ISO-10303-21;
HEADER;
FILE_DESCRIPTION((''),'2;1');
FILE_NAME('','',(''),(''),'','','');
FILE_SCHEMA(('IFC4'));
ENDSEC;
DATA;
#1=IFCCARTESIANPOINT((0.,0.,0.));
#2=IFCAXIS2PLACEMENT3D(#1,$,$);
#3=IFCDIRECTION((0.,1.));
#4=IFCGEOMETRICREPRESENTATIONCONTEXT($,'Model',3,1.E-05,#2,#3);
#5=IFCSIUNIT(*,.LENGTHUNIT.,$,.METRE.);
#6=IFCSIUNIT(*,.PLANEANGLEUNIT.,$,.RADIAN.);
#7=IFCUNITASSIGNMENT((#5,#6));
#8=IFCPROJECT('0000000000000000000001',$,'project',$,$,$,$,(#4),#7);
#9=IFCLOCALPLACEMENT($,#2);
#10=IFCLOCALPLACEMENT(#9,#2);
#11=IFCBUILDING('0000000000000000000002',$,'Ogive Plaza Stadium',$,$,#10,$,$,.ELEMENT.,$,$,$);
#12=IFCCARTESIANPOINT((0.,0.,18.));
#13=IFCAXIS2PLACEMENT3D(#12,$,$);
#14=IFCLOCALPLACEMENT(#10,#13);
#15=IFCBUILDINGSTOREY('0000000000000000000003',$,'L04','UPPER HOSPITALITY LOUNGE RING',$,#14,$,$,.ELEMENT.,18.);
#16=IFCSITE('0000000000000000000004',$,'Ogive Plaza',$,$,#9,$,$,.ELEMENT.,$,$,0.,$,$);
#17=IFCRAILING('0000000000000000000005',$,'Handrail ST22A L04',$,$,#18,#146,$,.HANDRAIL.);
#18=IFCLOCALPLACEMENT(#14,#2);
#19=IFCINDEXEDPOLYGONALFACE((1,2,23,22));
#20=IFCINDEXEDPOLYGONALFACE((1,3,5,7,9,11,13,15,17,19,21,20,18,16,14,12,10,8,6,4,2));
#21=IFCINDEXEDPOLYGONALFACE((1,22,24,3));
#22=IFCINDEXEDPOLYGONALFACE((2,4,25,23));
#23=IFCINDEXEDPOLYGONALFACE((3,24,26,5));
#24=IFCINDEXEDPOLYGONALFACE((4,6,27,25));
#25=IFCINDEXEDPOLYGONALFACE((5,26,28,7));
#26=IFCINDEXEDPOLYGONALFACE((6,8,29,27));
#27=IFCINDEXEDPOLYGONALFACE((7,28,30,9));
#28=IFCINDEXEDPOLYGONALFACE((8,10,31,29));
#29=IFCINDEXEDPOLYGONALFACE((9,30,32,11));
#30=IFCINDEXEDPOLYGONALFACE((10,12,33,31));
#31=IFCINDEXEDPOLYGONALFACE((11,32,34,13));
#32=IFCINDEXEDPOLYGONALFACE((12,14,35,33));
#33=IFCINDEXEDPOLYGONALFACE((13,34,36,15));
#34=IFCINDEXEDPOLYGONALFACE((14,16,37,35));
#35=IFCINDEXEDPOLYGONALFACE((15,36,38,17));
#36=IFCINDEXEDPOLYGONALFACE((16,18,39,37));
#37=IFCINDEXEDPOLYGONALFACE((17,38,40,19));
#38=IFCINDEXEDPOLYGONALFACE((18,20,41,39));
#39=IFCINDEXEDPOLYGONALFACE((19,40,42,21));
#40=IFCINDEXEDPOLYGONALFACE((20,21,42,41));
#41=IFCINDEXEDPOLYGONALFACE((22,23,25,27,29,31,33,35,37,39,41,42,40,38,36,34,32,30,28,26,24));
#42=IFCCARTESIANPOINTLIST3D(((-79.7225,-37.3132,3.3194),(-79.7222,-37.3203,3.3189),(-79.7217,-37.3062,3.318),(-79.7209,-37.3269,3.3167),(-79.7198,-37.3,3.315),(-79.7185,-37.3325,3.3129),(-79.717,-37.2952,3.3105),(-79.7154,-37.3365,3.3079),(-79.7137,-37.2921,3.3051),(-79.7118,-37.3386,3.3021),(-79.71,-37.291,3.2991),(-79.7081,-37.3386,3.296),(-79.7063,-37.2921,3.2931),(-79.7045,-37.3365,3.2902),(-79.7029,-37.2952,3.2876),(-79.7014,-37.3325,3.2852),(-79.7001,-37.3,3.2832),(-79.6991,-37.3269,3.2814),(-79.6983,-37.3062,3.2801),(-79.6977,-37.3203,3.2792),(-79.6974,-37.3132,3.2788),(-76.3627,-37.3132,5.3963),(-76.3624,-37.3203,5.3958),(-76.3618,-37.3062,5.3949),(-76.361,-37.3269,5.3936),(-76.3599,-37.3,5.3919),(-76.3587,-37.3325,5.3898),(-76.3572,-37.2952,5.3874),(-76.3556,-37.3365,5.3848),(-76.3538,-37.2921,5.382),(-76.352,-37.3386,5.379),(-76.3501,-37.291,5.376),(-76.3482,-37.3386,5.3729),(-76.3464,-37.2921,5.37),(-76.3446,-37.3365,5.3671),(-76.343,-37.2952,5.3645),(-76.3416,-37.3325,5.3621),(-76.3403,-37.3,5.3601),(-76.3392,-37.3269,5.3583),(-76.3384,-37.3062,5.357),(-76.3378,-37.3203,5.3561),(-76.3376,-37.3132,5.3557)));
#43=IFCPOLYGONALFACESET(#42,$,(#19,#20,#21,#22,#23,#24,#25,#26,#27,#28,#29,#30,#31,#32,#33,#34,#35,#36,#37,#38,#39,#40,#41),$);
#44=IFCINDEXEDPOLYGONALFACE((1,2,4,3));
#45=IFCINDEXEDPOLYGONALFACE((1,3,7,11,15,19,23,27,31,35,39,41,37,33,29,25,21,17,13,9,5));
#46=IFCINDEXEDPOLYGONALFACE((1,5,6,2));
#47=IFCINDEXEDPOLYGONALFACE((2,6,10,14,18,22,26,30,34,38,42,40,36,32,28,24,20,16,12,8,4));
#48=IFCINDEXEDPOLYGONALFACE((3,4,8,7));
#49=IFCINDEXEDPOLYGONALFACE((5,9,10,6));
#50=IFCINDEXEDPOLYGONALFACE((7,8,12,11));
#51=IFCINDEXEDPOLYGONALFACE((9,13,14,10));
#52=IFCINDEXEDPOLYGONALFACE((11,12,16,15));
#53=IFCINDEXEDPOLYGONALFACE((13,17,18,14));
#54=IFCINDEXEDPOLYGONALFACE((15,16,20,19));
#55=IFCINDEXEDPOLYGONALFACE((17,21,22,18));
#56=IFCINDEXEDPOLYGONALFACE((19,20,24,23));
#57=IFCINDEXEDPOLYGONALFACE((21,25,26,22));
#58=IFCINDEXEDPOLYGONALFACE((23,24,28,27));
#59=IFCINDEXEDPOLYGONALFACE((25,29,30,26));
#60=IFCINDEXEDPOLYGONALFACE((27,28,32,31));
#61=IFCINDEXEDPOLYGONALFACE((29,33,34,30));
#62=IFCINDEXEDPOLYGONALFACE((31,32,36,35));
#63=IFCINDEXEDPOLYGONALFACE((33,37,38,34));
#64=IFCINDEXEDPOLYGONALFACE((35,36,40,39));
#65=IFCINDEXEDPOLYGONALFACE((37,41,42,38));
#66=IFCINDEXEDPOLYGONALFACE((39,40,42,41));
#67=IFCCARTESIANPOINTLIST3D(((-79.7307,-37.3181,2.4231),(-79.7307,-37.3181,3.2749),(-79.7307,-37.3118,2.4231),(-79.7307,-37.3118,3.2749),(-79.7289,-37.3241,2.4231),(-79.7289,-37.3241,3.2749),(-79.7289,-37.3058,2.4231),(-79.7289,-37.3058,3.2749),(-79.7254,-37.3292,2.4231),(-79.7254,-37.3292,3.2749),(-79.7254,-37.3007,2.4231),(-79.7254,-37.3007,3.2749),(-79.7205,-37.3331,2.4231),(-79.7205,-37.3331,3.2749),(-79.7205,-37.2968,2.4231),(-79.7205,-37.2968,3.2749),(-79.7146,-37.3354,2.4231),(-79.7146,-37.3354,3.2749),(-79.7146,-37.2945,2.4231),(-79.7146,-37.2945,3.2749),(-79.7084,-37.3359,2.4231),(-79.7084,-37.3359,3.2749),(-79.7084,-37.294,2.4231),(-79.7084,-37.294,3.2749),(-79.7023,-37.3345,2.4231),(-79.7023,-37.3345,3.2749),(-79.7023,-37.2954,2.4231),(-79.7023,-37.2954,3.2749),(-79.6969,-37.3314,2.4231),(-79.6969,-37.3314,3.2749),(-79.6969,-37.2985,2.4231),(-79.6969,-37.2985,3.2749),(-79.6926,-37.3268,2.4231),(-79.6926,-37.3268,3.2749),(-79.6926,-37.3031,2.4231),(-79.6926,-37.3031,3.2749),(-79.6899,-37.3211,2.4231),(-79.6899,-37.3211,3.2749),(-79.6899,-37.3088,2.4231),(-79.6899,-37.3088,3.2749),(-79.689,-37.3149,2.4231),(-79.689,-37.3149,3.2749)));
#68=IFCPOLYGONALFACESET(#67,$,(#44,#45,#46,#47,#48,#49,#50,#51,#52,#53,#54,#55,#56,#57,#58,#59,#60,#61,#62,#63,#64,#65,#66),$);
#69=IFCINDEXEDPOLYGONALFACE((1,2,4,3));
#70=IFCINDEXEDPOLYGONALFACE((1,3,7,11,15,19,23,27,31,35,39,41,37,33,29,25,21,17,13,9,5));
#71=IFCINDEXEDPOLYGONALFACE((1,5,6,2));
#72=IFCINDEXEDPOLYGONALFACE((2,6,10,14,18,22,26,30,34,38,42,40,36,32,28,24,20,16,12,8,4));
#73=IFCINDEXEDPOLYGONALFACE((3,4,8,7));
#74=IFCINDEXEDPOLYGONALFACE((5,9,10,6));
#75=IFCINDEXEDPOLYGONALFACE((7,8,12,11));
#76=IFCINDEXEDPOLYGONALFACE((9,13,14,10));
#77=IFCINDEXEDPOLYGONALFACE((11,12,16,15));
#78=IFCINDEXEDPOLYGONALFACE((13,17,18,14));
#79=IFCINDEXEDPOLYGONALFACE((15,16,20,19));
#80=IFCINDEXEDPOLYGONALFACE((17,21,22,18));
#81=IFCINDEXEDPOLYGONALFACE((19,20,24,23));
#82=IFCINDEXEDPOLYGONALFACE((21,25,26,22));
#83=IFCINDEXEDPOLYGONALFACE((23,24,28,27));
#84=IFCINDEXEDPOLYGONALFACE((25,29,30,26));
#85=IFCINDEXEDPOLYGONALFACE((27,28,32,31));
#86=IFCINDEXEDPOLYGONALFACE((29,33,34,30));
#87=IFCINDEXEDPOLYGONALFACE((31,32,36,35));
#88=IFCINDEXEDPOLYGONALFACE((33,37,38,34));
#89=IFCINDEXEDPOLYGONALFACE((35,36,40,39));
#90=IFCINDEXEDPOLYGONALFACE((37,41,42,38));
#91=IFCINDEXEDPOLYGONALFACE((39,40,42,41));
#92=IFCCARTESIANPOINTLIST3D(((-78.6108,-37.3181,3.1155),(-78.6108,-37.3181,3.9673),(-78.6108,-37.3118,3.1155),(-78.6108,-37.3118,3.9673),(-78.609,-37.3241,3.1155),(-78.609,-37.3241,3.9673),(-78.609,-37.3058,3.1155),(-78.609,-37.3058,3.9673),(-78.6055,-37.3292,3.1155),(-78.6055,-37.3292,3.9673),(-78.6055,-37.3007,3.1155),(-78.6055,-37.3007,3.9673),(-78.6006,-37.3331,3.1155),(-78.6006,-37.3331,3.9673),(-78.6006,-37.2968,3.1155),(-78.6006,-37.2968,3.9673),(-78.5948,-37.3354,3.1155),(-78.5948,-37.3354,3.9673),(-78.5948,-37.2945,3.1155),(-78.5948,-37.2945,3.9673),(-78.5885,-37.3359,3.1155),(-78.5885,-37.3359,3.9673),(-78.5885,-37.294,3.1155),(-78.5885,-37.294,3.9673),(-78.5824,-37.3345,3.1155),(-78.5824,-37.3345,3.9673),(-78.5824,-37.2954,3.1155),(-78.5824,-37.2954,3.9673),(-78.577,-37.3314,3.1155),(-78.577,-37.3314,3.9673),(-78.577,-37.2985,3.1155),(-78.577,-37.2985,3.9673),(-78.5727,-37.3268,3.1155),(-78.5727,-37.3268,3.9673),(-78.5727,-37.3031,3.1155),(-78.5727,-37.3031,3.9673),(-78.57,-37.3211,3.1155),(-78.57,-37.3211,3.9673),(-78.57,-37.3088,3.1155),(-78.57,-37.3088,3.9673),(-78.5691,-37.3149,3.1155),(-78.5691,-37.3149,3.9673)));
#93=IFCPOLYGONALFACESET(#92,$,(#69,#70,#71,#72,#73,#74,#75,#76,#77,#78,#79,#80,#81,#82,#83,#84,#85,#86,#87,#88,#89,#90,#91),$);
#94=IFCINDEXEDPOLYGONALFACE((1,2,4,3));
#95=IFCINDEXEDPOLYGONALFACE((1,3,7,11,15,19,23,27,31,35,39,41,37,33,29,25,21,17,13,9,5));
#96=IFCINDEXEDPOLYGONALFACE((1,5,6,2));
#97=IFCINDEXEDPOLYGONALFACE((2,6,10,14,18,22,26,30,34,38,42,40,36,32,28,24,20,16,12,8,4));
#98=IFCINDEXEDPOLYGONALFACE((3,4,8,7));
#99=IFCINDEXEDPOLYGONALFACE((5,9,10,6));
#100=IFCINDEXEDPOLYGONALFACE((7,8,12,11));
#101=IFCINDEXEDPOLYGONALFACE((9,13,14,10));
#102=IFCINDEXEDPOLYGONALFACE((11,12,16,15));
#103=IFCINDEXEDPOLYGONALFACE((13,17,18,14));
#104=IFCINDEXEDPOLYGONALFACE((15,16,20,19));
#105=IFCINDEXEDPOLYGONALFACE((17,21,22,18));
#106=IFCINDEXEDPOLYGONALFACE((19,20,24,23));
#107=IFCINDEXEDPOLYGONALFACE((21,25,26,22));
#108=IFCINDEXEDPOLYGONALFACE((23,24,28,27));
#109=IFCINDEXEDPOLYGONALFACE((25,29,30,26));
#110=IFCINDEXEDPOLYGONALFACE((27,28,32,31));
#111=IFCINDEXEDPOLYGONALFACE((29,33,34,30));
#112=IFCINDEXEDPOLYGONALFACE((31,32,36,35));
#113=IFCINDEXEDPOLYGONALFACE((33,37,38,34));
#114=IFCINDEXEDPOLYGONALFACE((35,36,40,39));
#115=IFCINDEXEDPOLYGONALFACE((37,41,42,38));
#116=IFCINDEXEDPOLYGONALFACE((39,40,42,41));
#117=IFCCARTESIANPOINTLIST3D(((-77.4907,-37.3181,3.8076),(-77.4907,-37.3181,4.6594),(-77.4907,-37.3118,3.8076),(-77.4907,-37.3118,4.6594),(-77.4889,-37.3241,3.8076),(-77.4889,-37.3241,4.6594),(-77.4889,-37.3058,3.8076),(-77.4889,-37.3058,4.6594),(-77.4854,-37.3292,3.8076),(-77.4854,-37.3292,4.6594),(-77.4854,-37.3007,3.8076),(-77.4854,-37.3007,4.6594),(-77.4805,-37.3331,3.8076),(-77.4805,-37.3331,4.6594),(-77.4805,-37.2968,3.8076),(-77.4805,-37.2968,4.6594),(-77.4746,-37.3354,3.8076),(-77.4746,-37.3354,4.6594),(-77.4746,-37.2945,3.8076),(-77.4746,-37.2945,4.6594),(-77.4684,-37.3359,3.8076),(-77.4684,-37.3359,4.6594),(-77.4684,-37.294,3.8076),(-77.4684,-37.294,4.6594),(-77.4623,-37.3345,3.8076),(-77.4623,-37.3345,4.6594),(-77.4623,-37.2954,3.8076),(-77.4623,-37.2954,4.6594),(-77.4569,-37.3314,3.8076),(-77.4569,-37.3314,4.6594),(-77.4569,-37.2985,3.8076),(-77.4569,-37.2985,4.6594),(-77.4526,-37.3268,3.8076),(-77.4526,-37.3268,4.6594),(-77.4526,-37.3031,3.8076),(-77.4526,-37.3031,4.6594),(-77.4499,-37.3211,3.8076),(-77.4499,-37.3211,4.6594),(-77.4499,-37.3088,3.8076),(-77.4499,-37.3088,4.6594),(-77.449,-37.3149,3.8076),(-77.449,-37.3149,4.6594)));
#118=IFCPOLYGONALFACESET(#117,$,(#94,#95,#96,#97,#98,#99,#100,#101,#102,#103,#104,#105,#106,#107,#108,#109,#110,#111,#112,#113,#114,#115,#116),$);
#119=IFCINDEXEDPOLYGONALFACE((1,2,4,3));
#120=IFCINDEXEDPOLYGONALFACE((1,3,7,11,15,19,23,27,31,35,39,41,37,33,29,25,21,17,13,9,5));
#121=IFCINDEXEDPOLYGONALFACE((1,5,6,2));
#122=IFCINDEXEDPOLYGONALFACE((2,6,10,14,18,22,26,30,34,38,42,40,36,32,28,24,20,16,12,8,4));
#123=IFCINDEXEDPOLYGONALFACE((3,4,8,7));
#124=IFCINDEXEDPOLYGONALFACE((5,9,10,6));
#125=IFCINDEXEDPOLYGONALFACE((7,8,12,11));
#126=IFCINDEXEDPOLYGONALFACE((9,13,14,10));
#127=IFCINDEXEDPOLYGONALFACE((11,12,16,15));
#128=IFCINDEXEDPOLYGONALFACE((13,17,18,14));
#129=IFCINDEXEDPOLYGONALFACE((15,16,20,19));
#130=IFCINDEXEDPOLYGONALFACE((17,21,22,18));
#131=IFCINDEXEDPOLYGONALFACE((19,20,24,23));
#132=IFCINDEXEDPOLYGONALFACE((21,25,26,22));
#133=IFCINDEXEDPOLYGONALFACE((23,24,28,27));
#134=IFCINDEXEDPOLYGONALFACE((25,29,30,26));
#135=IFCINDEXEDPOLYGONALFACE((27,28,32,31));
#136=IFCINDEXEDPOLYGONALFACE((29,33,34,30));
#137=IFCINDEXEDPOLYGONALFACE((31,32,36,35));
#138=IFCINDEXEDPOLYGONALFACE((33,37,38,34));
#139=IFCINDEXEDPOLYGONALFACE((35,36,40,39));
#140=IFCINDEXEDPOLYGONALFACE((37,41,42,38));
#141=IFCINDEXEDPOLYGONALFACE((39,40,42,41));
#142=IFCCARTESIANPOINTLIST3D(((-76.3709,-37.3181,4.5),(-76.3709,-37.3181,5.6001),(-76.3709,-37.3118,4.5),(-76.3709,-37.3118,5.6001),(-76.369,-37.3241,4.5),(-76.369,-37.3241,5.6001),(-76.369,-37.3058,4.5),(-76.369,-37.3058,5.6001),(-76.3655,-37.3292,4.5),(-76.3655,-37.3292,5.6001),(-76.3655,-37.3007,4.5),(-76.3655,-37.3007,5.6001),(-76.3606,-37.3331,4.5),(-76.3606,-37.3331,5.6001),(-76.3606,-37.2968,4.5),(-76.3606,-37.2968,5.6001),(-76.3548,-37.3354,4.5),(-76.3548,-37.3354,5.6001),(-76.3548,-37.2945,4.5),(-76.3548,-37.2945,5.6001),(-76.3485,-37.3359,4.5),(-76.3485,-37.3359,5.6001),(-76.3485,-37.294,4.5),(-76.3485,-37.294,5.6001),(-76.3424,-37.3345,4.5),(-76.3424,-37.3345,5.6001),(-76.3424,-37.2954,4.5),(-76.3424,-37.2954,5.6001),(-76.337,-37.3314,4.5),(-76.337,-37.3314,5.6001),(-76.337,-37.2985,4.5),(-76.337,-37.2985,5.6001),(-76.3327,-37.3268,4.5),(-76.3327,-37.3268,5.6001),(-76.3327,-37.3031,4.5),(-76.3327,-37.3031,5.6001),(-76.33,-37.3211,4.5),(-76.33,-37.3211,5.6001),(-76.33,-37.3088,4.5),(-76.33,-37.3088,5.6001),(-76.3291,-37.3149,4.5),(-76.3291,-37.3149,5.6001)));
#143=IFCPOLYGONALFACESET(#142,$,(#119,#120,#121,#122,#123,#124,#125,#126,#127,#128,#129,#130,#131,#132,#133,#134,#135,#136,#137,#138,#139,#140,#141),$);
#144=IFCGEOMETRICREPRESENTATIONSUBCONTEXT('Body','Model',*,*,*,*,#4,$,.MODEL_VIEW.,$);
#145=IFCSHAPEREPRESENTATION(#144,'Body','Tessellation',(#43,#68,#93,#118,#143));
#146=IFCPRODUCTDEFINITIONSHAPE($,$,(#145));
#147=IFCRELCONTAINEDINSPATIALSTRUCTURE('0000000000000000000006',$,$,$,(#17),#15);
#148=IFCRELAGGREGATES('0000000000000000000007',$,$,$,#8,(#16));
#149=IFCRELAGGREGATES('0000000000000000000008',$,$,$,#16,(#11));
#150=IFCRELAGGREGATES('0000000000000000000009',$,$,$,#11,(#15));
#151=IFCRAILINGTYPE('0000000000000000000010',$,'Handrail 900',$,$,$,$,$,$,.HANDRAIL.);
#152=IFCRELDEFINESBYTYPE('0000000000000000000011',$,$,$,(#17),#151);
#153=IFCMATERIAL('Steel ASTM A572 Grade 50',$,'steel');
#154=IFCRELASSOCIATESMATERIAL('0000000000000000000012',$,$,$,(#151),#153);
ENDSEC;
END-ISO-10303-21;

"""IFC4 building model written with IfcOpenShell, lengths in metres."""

from ifc_helpers import new_model, si_unit, direction, frame, origin, origin_2d, place, context, subcontext, project, spatial, circle, extrude, material, type_object, element, save


model = new_model("IFC4")

# Units and contexts
model_context = context("Model", 3, precision=1e-05, world=origin(), true_north=direction((0.0, 1.0)))
body_context = subcontext(model_context, "Body", "Model", "MODEL_VIEW")
ifc_project = project(units=[si_unit("LENGTHUNIT", "METRE"), si_unit("PLANEANGLEUNIT", "RADIAN")], contexts=[model_context])

# Site, building, storey
site_placement = place(None, origin())
site = spatial("IfcSite", under=ifc_project, at=site_placement, Name="Ogive Plaza", CompositionType="ELEMENT", RefElevation=0.0)
building_placement = place(site_placement, origin())
building = spatial("IfcBuilding", under=site, at=building_placement, Name="Ogive Plaza Stadium", CompositionType="ELEMENT")
storey_placement = place(building_placement, frame((0.0, 0.0, 18.0)))
storey = spatial("IfcBuildingStorey", under=building, at=storey_placement, Name="L04", Description="UPPER HOSPITALITY LOUNGE RING", CompositionType="ELEMENT", Elevation=18.0)

# Railing
ifc_material_1 = material(Name="Steel ASTM A572 Grade 50", Category="steel")
railing_type = type_object("IfcRailingType", Name="Handrail 900", PredefinedType="HANDRAIL", material=ifc_material_1)
for number, where, name in (
    (1, (-79.71, -37.3149, 2.4231), "Handrail ST22A L04"),
):
    element("IfcRailing", number, at=place(storey_placement, frame(where)), inside=storey, type_object=railing_type, Name=name, PredefinedType="HANDRAIL", context=body_context, shape_type="SweptSolid", body=[
        extrude(circle(Radius=0.0239, at=origin_2d()), frame((0.0, 0.0, 0.876), z_axis=(0.850606, 0.0, 0.525803), x_axis=(0.0, 1.0, 0.0)), (0.0, 0.0, 1.0), 3.95),
        extrude(circle(Radius=0.021, at=origin_2d()), origin(), (0.0, 0.0, 1.0), 0.8518),
        extrude(circle(Radius=0.021, at=origin_2d()), frame((1.1199, 0.0, 0.6924)), (0.0, 0.0, 1.0), 0.8518),
        extrude(circle(Radius=0.021, at=origin_2d()), frame((2.24, 0.0, 1.3845)), (0.0, 0.0, 1.0), 0.8518),
        extrude(circle(Radius=0.021, at=origin_2d()), frame((3.3599, 0.0, 2.0769)), (0.0, 0.0, 1.0), 1.1001),
    ])

save(model, "model.ifc")
